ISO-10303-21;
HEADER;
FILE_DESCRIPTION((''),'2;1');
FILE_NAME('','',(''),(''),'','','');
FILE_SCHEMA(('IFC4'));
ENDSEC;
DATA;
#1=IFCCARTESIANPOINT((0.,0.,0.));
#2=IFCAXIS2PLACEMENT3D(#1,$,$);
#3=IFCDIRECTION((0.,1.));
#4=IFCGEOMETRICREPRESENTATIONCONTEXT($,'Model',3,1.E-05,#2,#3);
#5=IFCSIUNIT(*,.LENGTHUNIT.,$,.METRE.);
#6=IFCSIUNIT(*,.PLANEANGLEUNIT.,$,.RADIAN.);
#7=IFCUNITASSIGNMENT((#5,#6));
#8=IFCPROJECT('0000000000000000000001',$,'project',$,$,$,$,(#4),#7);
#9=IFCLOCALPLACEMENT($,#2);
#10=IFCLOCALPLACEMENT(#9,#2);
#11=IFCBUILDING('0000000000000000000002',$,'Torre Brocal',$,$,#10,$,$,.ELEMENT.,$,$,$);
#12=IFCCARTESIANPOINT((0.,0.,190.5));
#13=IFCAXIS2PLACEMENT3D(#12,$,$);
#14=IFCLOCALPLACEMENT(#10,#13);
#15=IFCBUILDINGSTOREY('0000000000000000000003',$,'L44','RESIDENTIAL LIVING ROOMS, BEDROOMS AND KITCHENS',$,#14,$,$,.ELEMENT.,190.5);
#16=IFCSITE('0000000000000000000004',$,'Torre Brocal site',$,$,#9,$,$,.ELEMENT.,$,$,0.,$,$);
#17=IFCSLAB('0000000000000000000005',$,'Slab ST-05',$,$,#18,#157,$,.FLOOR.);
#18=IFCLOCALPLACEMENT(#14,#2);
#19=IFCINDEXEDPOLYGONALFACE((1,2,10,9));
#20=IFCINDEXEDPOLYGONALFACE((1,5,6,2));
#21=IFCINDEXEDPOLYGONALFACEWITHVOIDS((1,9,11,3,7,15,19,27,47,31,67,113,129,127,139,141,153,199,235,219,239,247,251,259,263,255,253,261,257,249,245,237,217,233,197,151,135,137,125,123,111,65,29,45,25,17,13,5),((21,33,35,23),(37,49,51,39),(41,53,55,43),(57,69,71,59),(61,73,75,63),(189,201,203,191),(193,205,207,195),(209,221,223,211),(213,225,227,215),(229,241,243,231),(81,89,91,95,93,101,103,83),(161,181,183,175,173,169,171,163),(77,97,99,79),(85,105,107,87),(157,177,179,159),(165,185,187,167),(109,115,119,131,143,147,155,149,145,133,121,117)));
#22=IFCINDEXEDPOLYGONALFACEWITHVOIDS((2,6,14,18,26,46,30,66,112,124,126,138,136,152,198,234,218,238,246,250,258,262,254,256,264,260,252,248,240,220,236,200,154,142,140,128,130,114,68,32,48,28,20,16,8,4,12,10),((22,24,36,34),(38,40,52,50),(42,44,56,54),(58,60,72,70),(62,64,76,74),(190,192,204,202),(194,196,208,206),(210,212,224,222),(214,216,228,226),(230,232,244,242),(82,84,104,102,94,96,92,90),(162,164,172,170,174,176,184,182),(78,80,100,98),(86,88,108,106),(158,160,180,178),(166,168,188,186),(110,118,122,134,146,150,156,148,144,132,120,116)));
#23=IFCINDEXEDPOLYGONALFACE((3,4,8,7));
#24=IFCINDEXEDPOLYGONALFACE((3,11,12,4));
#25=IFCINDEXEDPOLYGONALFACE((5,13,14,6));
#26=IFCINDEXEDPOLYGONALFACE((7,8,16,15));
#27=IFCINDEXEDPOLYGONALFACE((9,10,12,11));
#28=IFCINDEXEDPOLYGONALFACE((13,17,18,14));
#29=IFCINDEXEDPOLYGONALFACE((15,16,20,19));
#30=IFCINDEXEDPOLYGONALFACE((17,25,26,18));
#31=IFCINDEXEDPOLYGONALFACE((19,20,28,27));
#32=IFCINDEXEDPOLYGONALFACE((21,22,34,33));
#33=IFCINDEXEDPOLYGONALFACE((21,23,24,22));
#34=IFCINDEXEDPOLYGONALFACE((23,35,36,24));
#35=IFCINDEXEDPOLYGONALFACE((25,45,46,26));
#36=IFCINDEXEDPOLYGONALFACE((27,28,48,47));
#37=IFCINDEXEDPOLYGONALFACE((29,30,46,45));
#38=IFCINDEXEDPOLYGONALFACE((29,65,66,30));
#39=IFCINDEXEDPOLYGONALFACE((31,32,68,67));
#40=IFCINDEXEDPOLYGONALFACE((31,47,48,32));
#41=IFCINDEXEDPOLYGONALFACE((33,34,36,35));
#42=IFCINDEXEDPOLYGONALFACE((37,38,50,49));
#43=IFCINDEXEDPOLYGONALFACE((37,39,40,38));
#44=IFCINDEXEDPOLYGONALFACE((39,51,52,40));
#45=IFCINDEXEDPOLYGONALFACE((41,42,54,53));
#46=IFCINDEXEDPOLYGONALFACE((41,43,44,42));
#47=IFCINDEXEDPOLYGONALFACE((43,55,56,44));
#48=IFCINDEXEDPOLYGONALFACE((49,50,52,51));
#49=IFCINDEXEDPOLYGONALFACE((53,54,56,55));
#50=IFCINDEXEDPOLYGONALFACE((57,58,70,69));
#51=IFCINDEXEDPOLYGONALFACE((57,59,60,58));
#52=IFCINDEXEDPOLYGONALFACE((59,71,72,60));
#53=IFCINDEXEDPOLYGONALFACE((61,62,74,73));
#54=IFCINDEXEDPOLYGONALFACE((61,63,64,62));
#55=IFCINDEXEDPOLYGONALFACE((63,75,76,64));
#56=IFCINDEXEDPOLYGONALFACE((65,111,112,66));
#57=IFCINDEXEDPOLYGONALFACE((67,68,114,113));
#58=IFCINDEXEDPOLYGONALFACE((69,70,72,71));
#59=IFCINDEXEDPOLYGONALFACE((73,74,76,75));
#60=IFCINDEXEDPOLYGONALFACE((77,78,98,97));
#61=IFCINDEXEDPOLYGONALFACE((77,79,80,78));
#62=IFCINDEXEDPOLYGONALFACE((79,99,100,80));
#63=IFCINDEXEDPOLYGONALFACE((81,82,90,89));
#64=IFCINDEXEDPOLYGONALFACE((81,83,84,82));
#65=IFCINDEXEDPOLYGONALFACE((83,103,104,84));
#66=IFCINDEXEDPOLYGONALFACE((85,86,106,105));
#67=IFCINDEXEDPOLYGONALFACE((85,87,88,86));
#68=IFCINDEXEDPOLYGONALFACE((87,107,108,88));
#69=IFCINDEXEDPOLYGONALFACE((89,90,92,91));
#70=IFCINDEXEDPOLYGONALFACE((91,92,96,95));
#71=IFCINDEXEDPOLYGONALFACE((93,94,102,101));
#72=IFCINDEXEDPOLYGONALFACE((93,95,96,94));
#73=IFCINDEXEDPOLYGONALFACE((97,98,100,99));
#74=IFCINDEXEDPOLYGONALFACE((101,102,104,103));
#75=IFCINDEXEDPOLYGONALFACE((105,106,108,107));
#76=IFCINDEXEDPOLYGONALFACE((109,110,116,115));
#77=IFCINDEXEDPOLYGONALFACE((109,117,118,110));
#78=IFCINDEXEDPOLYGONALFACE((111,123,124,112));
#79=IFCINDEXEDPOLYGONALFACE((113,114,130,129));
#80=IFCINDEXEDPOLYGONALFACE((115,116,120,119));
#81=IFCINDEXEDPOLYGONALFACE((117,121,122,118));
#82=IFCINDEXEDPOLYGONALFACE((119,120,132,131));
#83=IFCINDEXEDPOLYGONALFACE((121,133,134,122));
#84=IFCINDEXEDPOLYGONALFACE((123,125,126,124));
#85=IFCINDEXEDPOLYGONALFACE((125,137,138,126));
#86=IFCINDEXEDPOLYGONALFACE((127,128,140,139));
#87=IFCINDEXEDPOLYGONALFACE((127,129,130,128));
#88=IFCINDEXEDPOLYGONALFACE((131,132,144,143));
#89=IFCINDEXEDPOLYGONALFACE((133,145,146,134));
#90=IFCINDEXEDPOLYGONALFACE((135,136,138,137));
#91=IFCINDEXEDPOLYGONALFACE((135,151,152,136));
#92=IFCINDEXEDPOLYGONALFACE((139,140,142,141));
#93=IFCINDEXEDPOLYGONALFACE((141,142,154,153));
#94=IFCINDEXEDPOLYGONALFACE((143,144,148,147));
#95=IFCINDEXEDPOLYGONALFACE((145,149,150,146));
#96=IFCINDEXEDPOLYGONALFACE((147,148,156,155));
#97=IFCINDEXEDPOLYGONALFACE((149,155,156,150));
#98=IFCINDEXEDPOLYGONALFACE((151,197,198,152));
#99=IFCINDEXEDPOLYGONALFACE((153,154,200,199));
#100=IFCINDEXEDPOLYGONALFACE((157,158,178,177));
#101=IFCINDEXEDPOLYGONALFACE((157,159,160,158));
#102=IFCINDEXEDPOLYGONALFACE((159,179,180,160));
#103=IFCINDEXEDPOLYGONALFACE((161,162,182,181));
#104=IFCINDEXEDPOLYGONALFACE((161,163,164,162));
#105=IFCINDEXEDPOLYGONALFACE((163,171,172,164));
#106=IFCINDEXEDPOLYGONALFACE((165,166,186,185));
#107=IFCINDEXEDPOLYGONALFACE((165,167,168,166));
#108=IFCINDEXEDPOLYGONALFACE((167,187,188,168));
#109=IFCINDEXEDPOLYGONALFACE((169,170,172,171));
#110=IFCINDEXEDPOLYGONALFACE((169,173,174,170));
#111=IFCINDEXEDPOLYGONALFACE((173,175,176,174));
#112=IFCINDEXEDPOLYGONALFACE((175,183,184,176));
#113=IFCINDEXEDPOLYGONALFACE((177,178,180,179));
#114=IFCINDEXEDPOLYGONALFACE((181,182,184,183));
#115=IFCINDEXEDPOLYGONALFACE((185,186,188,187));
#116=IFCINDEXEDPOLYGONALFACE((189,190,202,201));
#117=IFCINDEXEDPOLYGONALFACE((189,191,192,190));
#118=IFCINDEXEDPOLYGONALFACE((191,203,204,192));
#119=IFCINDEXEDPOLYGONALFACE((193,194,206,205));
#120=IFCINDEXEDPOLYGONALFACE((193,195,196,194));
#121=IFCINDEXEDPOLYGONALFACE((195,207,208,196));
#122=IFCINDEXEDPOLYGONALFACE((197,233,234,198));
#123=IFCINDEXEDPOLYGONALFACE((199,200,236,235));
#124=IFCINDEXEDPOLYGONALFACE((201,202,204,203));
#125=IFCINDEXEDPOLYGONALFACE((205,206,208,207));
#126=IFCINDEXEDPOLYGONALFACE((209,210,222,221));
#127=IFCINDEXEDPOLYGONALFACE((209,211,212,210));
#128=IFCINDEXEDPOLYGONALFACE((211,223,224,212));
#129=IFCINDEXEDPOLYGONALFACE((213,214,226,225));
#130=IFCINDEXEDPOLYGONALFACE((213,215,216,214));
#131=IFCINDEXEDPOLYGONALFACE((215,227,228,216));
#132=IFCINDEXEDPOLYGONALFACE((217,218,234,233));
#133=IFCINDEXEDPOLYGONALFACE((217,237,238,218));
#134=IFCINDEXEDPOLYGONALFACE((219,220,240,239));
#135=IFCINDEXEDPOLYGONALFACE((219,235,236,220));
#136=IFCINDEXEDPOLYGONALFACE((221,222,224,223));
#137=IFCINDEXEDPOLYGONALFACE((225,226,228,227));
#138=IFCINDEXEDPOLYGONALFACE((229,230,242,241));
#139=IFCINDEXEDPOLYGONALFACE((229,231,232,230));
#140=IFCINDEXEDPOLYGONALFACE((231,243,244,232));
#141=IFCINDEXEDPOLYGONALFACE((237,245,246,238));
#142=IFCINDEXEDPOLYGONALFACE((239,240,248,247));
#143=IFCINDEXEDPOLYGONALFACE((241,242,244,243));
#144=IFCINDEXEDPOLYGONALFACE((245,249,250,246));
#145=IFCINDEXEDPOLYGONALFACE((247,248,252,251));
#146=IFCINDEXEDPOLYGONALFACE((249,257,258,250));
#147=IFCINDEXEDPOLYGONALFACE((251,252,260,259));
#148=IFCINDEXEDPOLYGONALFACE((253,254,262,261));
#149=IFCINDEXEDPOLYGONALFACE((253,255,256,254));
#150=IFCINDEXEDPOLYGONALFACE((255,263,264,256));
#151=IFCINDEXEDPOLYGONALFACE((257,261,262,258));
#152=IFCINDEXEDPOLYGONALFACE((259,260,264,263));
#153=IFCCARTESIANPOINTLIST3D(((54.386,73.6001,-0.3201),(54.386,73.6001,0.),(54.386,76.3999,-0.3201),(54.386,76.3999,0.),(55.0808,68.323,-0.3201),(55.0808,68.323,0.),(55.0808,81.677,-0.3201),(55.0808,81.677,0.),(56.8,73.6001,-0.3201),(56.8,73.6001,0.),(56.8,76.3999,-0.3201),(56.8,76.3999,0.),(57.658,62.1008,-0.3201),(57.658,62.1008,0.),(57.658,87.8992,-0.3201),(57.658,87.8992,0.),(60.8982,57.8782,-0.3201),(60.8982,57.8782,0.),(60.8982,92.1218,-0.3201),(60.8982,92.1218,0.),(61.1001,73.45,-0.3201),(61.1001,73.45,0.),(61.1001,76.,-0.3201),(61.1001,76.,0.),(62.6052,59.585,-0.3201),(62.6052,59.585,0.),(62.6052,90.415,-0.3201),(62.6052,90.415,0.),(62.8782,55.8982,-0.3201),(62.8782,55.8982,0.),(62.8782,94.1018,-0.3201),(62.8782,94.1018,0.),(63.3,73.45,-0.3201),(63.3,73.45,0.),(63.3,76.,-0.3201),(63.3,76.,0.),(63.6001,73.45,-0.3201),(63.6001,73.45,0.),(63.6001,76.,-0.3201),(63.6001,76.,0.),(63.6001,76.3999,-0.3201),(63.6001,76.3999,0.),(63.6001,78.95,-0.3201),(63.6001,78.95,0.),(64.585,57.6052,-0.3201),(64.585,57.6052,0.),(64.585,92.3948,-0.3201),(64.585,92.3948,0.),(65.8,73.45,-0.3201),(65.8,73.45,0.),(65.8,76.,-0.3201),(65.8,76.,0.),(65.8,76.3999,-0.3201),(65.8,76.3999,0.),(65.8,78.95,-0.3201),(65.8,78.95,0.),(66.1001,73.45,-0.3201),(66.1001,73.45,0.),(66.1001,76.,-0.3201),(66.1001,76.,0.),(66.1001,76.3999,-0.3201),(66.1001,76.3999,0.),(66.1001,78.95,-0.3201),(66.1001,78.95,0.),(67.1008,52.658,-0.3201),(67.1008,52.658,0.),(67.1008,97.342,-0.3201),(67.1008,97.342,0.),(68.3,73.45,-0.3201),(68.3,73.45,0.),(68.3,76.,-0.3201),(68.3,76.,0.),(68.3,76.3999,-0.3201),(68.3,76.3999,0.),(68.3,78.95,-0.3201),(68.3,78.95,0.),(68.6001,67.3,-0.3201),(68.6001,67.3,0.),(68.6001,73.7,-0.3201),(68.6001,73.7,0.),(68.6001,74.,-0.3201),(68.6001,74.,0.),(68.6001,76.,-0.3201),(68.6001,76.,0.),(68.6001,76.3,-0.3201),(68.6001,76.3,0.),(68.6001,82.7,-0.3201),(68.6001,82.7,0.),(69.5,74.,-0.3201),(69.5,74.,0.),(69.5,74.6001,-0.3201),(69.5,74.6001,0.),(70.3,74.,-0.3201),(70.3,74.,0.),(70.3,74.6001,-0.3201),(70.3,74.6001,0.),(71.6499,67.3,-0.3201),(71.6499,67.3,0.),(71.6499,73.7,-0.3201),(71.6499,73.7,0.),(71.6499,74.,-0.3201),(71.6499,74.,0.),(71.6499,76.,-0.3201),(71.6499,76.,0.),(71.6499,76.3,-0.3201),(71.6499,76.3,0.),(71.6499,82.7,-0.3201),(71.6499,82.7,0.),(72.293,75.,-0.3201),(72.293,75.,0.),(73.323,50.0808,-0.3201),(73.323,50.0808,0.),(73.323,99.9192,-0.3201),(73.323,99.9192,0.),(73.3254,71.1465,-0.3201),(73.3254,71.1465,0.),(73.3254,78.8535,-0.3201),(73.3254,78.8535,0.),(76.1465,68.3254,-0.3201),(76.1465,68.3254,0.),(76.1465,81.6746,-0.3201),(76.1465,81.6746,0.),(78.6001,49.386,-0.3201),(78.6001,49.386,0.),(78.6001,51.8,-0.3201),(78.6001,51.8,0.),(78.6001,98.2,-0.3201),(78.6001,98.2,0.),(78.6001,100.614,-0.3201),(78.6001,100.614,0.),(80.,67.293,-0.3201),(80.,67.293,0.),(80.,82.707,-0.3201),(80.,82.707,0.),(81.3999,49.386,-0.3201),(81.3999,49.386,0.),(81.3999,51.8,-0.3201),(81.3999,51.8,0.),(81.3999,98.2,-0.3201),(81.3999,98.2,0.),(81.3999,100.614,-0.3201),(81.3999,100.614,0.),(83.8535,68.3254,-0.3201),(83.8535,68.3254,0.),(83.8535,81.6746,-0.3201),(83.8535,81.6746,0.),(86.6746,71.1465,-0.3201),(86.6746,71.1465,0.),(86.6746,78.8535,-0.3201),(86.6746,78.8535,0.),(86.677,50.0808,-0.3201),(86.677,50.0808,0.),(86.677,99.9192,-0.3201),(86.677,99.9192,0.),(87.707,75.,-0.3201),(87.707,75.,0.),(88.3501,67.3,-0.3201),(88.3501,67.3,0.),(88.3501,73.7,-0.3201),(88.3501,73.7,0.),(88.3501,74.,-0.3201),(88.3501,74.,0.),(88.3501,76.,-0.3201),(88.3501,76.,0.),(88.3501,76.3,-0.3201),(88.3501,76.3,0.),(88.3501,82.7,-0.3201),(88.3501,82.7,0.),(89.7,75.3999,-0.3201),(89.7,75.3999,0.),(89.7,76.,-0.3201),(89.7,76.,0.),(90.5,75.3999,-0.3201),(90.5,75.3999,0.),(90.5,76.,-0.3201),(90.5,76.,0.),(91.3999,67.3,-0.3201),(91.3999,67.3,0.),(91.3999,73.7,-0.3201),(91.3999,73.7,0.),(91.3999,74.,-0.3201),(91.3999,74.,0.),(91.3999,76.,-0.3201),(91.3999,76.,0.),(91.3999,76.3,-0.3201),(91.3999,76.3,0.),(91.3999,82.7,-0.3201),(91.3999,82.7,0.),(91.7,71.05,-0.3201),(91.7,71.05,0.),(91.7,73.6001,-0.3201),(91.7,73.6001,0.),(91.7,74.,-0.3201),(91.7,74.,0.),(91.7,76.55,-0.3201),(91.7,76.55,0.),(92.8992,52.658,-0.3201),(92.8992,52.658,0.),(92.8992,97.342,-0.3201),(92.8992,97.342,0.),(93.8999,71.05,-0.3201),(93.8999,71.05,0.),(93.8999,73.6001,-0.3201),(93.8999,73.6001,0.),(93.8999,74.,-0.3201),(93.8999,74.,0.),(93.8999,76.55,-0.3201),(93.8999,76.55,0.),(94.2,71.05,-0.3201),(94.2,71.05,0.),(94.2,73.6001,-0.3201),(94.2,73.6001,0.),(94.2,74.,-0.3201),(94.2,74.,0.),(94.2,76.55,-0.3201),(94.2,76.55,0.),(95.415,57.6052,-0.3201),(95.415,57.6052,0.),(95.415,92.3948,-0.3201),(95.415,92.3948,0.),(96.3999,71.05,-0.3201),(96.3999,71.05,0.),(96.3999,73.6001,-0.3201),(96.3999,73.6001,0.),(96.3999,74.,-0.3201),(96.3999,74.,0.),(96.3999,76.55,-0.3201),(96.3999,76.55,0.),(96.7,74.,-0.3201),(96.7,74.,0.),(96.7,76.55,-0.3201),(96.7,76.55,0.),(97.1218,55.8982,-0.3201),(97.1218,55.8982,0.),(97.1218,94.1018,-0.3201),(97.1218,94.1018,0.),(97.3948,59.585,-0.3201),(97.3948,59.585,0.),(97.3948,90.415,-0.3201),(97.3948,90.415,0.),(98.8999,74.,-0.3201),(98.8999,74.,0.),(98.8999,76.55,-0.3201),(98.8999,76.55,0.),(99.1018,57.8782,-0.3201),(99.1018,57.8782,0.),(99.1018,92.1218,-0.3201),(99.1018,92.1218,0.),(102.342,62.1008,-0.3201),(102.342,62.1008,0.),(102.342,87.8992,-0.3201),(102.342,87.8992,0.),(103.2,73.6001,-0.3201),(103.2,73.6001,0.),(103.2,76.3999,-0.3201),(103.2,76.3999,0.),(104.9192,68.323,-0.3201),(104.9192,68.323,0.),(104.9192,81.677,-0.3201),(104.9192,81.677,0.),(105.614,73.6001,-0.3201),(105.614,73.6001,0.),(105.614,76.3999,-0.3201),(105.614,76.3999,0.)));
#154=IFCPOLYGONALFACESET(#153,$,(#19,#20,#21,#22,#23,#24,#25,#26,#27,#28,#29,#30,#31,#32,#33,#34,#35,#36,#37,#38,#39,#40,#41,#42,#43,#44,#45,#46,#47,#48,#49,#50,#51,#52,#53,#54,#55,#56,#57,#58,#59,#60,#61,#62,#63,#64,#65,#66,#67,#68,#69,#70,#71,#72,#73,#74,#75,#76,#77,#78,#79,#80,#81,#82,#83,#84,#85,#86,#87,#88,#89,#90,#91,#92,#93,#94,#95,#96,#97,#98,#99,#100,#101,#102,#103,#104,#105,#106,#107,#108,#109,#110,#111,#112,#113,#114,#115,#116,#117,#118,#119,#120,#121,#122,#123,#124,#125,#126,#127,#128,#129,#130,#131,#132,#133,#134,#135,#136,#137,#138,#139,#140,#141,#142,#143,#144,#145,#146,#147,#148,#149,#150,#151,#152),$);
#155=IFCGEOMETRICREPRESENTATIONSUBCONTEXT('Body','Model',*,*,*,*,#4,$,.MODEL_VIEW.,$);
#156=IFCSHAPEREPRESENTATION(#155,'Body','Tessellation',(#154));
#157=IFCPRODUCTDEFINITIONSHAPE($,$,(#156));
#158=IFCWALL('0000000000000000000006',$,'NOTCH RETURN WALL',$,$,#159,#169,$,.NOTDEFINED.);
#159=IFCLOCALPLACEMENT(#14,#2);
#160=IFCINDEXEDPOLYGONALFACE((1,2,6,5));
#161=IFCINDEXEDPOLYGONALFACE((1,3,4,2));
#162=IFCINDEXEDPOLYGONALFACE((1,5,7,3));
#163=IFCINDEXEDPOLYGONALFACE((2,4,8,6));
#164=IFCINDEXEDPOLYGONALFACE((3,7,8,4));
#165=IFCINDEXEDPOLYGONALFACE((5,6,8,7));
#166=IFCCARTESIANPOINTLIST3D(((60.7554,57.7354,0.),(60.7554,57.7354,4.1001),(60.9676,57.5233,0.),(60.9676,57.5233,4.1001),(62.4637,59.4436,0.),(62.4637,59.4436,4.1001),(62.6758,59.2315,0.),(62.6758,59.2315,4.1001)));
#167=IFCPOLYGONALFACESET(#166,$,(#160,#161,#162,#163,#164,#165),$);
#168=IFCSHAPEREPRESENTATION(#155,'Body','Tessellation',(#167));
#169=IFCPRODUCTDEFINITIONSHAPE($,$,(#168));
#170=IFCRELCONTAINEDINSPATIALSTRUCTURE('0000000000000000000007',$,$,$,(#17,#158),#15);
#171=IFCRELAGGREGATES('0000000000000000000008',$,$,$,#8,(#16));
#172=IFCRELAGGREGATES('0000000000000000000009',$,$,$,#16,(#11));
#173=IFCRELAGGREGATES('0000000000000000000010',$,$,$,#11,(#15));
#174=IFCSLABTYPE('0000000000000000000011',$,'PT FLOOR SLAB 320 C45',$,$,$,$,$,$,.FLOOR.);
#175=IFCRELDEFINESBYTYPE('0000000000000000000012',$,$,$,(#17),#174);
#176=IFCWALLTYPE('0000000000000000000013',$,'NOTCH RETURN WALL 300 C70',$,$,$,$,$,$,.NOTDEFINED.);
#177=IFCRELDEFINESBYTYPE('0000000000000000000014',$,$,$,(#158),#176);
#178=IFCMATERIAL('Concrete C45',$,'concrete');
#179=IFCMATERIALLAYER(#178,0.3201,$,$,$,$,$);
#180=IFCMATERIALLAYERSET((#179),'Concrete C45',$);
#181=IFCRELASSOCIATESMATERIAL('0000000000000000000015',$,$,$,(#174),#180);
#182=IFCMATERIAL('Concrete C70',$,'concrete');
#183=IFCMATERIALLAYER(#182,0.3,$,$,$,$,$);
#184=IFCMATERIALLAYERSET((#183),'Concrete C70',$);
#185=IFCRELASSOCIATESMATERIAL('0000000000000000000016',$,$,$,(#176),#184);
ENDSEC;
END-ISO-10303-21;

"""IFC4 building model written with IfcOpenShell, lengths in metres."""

from ifc_helpers import new_model, si_unit, direction, frame, frame_2d, origin, place, context, subcontext, project, spatial, polyline, rectangle, outline, extrude, material, layer, layer_set, type_object, element, save


model = new_model("IFC4")

# Units and contexts
model_context = context("Model", 3, precision=1e-05, world=origin(), true_north=direction((0.0, 1.0)))
body_context = subcontext(model_context, "Body", "Model", "MODEL_VIEW")
ifc_project = project(units=[si_unit("LENGTHUNIT", "METRE"), si_unit("PLANEANGLEUNIT", "RADIAN")], contexts=[model_context])

# Site, building, storey
site_placement = place(None, origin())
site = spatial("IfcSite", under=ifc_project, at=site_placement, Name="Torre Brocal site", CompositionType="ELEMENT", RefElevation=0.0)
building_placement = place(site_placement, origin())
building = spatial("IfcBuilding", under=site, at=building_placement, Name="Torre Brocal", CompositionType="ELEMENT")
storey_placement = place(building_placement, frame((0.0, 0.0, 190.5)))
storey = spatial("IfcBuildingStorey", under=building, at=storey_placement, Name="L44", Description="RESIDENTIAL LIVING ROOMS, BEDROOMS AND KITCHENS", CompositionType="ELEMENT", Elevation=190.5)

# Slab
ifc_material_1 = material(Name="Concrete C45", Category="concrete")
ifc_layer_1 = layer(ifc_material_1, 0.3201)
ifc_layer_set_1 = layer_set([ifc_layer_1], Name="Concrete C45")
slab_type_1 = type_object("IfcSlabType", Name="PT FLOOR SLAB 320 C45", PredefinedType="FLOOR", material=ifc_layer_set_1)
slab_1_placement = place(storey_placement, frame((0.0, 0.0, -0.3201)))
element("IfcSlab", 1, at=slab_1_placement, inside=storey, type_object=slab_type_1, Name="Slab ST-05", PredefinedType="FLOOR", context=body_context, shape_type="SweptSolid", body=[
    extrude(outline(polyline([(103.2, 76.3999), (103.2, 73.6001), (105.614, 73.6001), (104.9192, 68.323), (102.342, 62.1008), (99.1018, 57.8782), (97.3948, 59.585), (95.415, 57.6052), (97.1218, 55.8982), (92.8992, 52.658), (86.677, 50.0808), (81.3999, 49.386), (81.3999, 51.8), (78.6001, 51.8), (78.6001, 49.386), (73.323, 50.0808), (67.1008, 52.658), (62.8782, 55.8982), (64.585, 57.6052), (62.6052, 59.585), (60.8982, 57.8782), (57.658, 62.1008), (55.0808, 68.323), (54.386, 73.6001), (56.8, 73.6001), (56.8, 76.3999), (54.386, 76.3999), (55.0808, 81.677), (57.658, 87.8992), (60.8982, 92.1218), (62.6052, 90.415), (64.585, 92.3948), (62.8782, 94.1018), (67.1008, 97.342), (73.323, 99.9192), (78.6001, 100.614), (78.6001, 98.2), (81.3999, 98.2), (81.3999, 100.614), (86.677, 99.9192), (92.8992, 97.342), (97.1218, 94.1018), (95.415, 92.3948), (97.3948, 90.415), (99.1018, 92.1218), (102.342, 87.8992), (104.9192, 81.677), (105.614, 76.3999), (103.2, 76.3999)]), holes=[polyline([(98.8999, 76.55), (96.7, 76.55), (96.7, 74.0), (98.8999, 74.0), (98.8999, 76.55)]), polyline([(96.3999, 76.55), (94.2, 76.55), (94.2, 74.0), (96.3999, 74.0), (96.3999, 76.55)]), polyline([(96.3999, 73.6001), (94.2, 73.6001), (94.2, 71.05), (96.3999, 71.05), (96.3999, 73.6001)]), polyline([(93.8999, 76.55), (91.7, 76.55), (91.7, 74.0), (93.8999, 74.0), (93.8999, 76.55)]), polyline([(93.8999, 73.6001), (91.7, 73.6001), (91.7, 71.05), (93.8999, 71.05), (93.8999, 73.6001)]), polyline([(89.7, 76.0), (88.3501, 76.0), (88.3501, 74.0), (91.3999, 74.0), (91.3999, 76.0), (90.5, 76.0), (90.5, 75.3999), (89.7, 75.3999), (89.7, 76.0)]), polyline([(91.3999, 82.7), (88.3501, 82.7), (88.3501, 76.3), (91.3999, 76.3), (91.3999, 82.7)]), polyline([(91.3999, 73.7), (88.3501, 73.7), (88.3501, 67.3), (91.3999, 67.3), (91.3999, 73.7)]), polyline([(80.0, 82.707), (76.1465, 81.6746), (73.3254, 78.8535), (72.293, 75.0), (73.3254, 71.1465), (76.1465, 68.3254), (80.0, 67.293), (83.8535, 68.3254), (86.6746, 71.1465), (87.707, 75.0), (86.6746, 78.8535), (83.8535, 81.6746), (80.0, 82.707)]), polyline([(70.3, 74.0), (71.6499, 74.0), (71.6499, 76.0), (68.6001, 76.0), (68.6001, 74.0), (69.5, 74.0), (69.5, 74.6001), (70.3, 74.6001), (70.3, 74.0)]), polyline([(68.6001, 76.3), (71.6499, 76.3), (71.6499, 82.7), (68.6001, 82.7), (68.6001, 76.3)]), polyline([(68.6001, 67.3), (71.6499, 67.3), (71.6499, 73.7), (68.6001, 73.7), (68.6001, 67.3)]), polyline([(66.1001, 76.3999), (68.3, 76.3999), (68.3, 78.95), (66.1001, 78.95), (66.1001, 76.3999)]), polyline([(66.1001, 73.45), (68.3, 73.45), (68.3, 76.0), (66.1001, 76.0), (66.1001, 73.45)]), polyline([(63.6001, 76.3999), (65.8, 76.3999), (65.8, 78.95), (63.6001, 78.95), (63.6001, 76.3999)]), polyline([(63.6001, 73.45), (65.8, 73.45), (65.8, 76.0), (63.6001, 76.0), (63.6001, 73.45)]), polyline([(61.1001, 73.45), (63.3, 73.45), (63.3, 76.0), (61.1001, 76.0), (61.1001, 73.45)])]), origin(), (0.0, 0.0, 1.0), 0.3201),
])

# Wall
ifc_material_2 = material(Name="Concrete C70", Category="concrete")
ifc_layer_2 = layer(ifc_material_2, 0.3)
ifc_layer_set_2 = layer_set([ifc_layer_2], Name="Concrete C70")
wall_type_1 = type_object("IfcWallType", Name="NOTCH RETURN WALL 300 C70", PredefinedType="NOTDEFINED", material=ifc_layer_set_2)
for number, where, z_axis, x_axis, name in (
    (2, (62.5698, 59.3376, 0.0), (0.0, 0.0, 1.0), (-0.707107, -0.707107, 0.0), "NOTCH RETURN WALL"),
):
    element("IfcWall", number, at=place(storey_placement, frame(where, z_axis=z_axis, x_axis=x_axis)), inside=storey, type_object=wall_type_1, Name=name, PredefinedType="NOTDEFINED", context=body_context, shape_type="SweptSolid", body=[
        extrude(rectangle(XDim=2.4158, YDim=0.3, at=frame_2d((1.208, 0.0))), origin(), (0.0, 0.0, 1.0), 4.1001),
    ])

save(model, "model.ifc")
